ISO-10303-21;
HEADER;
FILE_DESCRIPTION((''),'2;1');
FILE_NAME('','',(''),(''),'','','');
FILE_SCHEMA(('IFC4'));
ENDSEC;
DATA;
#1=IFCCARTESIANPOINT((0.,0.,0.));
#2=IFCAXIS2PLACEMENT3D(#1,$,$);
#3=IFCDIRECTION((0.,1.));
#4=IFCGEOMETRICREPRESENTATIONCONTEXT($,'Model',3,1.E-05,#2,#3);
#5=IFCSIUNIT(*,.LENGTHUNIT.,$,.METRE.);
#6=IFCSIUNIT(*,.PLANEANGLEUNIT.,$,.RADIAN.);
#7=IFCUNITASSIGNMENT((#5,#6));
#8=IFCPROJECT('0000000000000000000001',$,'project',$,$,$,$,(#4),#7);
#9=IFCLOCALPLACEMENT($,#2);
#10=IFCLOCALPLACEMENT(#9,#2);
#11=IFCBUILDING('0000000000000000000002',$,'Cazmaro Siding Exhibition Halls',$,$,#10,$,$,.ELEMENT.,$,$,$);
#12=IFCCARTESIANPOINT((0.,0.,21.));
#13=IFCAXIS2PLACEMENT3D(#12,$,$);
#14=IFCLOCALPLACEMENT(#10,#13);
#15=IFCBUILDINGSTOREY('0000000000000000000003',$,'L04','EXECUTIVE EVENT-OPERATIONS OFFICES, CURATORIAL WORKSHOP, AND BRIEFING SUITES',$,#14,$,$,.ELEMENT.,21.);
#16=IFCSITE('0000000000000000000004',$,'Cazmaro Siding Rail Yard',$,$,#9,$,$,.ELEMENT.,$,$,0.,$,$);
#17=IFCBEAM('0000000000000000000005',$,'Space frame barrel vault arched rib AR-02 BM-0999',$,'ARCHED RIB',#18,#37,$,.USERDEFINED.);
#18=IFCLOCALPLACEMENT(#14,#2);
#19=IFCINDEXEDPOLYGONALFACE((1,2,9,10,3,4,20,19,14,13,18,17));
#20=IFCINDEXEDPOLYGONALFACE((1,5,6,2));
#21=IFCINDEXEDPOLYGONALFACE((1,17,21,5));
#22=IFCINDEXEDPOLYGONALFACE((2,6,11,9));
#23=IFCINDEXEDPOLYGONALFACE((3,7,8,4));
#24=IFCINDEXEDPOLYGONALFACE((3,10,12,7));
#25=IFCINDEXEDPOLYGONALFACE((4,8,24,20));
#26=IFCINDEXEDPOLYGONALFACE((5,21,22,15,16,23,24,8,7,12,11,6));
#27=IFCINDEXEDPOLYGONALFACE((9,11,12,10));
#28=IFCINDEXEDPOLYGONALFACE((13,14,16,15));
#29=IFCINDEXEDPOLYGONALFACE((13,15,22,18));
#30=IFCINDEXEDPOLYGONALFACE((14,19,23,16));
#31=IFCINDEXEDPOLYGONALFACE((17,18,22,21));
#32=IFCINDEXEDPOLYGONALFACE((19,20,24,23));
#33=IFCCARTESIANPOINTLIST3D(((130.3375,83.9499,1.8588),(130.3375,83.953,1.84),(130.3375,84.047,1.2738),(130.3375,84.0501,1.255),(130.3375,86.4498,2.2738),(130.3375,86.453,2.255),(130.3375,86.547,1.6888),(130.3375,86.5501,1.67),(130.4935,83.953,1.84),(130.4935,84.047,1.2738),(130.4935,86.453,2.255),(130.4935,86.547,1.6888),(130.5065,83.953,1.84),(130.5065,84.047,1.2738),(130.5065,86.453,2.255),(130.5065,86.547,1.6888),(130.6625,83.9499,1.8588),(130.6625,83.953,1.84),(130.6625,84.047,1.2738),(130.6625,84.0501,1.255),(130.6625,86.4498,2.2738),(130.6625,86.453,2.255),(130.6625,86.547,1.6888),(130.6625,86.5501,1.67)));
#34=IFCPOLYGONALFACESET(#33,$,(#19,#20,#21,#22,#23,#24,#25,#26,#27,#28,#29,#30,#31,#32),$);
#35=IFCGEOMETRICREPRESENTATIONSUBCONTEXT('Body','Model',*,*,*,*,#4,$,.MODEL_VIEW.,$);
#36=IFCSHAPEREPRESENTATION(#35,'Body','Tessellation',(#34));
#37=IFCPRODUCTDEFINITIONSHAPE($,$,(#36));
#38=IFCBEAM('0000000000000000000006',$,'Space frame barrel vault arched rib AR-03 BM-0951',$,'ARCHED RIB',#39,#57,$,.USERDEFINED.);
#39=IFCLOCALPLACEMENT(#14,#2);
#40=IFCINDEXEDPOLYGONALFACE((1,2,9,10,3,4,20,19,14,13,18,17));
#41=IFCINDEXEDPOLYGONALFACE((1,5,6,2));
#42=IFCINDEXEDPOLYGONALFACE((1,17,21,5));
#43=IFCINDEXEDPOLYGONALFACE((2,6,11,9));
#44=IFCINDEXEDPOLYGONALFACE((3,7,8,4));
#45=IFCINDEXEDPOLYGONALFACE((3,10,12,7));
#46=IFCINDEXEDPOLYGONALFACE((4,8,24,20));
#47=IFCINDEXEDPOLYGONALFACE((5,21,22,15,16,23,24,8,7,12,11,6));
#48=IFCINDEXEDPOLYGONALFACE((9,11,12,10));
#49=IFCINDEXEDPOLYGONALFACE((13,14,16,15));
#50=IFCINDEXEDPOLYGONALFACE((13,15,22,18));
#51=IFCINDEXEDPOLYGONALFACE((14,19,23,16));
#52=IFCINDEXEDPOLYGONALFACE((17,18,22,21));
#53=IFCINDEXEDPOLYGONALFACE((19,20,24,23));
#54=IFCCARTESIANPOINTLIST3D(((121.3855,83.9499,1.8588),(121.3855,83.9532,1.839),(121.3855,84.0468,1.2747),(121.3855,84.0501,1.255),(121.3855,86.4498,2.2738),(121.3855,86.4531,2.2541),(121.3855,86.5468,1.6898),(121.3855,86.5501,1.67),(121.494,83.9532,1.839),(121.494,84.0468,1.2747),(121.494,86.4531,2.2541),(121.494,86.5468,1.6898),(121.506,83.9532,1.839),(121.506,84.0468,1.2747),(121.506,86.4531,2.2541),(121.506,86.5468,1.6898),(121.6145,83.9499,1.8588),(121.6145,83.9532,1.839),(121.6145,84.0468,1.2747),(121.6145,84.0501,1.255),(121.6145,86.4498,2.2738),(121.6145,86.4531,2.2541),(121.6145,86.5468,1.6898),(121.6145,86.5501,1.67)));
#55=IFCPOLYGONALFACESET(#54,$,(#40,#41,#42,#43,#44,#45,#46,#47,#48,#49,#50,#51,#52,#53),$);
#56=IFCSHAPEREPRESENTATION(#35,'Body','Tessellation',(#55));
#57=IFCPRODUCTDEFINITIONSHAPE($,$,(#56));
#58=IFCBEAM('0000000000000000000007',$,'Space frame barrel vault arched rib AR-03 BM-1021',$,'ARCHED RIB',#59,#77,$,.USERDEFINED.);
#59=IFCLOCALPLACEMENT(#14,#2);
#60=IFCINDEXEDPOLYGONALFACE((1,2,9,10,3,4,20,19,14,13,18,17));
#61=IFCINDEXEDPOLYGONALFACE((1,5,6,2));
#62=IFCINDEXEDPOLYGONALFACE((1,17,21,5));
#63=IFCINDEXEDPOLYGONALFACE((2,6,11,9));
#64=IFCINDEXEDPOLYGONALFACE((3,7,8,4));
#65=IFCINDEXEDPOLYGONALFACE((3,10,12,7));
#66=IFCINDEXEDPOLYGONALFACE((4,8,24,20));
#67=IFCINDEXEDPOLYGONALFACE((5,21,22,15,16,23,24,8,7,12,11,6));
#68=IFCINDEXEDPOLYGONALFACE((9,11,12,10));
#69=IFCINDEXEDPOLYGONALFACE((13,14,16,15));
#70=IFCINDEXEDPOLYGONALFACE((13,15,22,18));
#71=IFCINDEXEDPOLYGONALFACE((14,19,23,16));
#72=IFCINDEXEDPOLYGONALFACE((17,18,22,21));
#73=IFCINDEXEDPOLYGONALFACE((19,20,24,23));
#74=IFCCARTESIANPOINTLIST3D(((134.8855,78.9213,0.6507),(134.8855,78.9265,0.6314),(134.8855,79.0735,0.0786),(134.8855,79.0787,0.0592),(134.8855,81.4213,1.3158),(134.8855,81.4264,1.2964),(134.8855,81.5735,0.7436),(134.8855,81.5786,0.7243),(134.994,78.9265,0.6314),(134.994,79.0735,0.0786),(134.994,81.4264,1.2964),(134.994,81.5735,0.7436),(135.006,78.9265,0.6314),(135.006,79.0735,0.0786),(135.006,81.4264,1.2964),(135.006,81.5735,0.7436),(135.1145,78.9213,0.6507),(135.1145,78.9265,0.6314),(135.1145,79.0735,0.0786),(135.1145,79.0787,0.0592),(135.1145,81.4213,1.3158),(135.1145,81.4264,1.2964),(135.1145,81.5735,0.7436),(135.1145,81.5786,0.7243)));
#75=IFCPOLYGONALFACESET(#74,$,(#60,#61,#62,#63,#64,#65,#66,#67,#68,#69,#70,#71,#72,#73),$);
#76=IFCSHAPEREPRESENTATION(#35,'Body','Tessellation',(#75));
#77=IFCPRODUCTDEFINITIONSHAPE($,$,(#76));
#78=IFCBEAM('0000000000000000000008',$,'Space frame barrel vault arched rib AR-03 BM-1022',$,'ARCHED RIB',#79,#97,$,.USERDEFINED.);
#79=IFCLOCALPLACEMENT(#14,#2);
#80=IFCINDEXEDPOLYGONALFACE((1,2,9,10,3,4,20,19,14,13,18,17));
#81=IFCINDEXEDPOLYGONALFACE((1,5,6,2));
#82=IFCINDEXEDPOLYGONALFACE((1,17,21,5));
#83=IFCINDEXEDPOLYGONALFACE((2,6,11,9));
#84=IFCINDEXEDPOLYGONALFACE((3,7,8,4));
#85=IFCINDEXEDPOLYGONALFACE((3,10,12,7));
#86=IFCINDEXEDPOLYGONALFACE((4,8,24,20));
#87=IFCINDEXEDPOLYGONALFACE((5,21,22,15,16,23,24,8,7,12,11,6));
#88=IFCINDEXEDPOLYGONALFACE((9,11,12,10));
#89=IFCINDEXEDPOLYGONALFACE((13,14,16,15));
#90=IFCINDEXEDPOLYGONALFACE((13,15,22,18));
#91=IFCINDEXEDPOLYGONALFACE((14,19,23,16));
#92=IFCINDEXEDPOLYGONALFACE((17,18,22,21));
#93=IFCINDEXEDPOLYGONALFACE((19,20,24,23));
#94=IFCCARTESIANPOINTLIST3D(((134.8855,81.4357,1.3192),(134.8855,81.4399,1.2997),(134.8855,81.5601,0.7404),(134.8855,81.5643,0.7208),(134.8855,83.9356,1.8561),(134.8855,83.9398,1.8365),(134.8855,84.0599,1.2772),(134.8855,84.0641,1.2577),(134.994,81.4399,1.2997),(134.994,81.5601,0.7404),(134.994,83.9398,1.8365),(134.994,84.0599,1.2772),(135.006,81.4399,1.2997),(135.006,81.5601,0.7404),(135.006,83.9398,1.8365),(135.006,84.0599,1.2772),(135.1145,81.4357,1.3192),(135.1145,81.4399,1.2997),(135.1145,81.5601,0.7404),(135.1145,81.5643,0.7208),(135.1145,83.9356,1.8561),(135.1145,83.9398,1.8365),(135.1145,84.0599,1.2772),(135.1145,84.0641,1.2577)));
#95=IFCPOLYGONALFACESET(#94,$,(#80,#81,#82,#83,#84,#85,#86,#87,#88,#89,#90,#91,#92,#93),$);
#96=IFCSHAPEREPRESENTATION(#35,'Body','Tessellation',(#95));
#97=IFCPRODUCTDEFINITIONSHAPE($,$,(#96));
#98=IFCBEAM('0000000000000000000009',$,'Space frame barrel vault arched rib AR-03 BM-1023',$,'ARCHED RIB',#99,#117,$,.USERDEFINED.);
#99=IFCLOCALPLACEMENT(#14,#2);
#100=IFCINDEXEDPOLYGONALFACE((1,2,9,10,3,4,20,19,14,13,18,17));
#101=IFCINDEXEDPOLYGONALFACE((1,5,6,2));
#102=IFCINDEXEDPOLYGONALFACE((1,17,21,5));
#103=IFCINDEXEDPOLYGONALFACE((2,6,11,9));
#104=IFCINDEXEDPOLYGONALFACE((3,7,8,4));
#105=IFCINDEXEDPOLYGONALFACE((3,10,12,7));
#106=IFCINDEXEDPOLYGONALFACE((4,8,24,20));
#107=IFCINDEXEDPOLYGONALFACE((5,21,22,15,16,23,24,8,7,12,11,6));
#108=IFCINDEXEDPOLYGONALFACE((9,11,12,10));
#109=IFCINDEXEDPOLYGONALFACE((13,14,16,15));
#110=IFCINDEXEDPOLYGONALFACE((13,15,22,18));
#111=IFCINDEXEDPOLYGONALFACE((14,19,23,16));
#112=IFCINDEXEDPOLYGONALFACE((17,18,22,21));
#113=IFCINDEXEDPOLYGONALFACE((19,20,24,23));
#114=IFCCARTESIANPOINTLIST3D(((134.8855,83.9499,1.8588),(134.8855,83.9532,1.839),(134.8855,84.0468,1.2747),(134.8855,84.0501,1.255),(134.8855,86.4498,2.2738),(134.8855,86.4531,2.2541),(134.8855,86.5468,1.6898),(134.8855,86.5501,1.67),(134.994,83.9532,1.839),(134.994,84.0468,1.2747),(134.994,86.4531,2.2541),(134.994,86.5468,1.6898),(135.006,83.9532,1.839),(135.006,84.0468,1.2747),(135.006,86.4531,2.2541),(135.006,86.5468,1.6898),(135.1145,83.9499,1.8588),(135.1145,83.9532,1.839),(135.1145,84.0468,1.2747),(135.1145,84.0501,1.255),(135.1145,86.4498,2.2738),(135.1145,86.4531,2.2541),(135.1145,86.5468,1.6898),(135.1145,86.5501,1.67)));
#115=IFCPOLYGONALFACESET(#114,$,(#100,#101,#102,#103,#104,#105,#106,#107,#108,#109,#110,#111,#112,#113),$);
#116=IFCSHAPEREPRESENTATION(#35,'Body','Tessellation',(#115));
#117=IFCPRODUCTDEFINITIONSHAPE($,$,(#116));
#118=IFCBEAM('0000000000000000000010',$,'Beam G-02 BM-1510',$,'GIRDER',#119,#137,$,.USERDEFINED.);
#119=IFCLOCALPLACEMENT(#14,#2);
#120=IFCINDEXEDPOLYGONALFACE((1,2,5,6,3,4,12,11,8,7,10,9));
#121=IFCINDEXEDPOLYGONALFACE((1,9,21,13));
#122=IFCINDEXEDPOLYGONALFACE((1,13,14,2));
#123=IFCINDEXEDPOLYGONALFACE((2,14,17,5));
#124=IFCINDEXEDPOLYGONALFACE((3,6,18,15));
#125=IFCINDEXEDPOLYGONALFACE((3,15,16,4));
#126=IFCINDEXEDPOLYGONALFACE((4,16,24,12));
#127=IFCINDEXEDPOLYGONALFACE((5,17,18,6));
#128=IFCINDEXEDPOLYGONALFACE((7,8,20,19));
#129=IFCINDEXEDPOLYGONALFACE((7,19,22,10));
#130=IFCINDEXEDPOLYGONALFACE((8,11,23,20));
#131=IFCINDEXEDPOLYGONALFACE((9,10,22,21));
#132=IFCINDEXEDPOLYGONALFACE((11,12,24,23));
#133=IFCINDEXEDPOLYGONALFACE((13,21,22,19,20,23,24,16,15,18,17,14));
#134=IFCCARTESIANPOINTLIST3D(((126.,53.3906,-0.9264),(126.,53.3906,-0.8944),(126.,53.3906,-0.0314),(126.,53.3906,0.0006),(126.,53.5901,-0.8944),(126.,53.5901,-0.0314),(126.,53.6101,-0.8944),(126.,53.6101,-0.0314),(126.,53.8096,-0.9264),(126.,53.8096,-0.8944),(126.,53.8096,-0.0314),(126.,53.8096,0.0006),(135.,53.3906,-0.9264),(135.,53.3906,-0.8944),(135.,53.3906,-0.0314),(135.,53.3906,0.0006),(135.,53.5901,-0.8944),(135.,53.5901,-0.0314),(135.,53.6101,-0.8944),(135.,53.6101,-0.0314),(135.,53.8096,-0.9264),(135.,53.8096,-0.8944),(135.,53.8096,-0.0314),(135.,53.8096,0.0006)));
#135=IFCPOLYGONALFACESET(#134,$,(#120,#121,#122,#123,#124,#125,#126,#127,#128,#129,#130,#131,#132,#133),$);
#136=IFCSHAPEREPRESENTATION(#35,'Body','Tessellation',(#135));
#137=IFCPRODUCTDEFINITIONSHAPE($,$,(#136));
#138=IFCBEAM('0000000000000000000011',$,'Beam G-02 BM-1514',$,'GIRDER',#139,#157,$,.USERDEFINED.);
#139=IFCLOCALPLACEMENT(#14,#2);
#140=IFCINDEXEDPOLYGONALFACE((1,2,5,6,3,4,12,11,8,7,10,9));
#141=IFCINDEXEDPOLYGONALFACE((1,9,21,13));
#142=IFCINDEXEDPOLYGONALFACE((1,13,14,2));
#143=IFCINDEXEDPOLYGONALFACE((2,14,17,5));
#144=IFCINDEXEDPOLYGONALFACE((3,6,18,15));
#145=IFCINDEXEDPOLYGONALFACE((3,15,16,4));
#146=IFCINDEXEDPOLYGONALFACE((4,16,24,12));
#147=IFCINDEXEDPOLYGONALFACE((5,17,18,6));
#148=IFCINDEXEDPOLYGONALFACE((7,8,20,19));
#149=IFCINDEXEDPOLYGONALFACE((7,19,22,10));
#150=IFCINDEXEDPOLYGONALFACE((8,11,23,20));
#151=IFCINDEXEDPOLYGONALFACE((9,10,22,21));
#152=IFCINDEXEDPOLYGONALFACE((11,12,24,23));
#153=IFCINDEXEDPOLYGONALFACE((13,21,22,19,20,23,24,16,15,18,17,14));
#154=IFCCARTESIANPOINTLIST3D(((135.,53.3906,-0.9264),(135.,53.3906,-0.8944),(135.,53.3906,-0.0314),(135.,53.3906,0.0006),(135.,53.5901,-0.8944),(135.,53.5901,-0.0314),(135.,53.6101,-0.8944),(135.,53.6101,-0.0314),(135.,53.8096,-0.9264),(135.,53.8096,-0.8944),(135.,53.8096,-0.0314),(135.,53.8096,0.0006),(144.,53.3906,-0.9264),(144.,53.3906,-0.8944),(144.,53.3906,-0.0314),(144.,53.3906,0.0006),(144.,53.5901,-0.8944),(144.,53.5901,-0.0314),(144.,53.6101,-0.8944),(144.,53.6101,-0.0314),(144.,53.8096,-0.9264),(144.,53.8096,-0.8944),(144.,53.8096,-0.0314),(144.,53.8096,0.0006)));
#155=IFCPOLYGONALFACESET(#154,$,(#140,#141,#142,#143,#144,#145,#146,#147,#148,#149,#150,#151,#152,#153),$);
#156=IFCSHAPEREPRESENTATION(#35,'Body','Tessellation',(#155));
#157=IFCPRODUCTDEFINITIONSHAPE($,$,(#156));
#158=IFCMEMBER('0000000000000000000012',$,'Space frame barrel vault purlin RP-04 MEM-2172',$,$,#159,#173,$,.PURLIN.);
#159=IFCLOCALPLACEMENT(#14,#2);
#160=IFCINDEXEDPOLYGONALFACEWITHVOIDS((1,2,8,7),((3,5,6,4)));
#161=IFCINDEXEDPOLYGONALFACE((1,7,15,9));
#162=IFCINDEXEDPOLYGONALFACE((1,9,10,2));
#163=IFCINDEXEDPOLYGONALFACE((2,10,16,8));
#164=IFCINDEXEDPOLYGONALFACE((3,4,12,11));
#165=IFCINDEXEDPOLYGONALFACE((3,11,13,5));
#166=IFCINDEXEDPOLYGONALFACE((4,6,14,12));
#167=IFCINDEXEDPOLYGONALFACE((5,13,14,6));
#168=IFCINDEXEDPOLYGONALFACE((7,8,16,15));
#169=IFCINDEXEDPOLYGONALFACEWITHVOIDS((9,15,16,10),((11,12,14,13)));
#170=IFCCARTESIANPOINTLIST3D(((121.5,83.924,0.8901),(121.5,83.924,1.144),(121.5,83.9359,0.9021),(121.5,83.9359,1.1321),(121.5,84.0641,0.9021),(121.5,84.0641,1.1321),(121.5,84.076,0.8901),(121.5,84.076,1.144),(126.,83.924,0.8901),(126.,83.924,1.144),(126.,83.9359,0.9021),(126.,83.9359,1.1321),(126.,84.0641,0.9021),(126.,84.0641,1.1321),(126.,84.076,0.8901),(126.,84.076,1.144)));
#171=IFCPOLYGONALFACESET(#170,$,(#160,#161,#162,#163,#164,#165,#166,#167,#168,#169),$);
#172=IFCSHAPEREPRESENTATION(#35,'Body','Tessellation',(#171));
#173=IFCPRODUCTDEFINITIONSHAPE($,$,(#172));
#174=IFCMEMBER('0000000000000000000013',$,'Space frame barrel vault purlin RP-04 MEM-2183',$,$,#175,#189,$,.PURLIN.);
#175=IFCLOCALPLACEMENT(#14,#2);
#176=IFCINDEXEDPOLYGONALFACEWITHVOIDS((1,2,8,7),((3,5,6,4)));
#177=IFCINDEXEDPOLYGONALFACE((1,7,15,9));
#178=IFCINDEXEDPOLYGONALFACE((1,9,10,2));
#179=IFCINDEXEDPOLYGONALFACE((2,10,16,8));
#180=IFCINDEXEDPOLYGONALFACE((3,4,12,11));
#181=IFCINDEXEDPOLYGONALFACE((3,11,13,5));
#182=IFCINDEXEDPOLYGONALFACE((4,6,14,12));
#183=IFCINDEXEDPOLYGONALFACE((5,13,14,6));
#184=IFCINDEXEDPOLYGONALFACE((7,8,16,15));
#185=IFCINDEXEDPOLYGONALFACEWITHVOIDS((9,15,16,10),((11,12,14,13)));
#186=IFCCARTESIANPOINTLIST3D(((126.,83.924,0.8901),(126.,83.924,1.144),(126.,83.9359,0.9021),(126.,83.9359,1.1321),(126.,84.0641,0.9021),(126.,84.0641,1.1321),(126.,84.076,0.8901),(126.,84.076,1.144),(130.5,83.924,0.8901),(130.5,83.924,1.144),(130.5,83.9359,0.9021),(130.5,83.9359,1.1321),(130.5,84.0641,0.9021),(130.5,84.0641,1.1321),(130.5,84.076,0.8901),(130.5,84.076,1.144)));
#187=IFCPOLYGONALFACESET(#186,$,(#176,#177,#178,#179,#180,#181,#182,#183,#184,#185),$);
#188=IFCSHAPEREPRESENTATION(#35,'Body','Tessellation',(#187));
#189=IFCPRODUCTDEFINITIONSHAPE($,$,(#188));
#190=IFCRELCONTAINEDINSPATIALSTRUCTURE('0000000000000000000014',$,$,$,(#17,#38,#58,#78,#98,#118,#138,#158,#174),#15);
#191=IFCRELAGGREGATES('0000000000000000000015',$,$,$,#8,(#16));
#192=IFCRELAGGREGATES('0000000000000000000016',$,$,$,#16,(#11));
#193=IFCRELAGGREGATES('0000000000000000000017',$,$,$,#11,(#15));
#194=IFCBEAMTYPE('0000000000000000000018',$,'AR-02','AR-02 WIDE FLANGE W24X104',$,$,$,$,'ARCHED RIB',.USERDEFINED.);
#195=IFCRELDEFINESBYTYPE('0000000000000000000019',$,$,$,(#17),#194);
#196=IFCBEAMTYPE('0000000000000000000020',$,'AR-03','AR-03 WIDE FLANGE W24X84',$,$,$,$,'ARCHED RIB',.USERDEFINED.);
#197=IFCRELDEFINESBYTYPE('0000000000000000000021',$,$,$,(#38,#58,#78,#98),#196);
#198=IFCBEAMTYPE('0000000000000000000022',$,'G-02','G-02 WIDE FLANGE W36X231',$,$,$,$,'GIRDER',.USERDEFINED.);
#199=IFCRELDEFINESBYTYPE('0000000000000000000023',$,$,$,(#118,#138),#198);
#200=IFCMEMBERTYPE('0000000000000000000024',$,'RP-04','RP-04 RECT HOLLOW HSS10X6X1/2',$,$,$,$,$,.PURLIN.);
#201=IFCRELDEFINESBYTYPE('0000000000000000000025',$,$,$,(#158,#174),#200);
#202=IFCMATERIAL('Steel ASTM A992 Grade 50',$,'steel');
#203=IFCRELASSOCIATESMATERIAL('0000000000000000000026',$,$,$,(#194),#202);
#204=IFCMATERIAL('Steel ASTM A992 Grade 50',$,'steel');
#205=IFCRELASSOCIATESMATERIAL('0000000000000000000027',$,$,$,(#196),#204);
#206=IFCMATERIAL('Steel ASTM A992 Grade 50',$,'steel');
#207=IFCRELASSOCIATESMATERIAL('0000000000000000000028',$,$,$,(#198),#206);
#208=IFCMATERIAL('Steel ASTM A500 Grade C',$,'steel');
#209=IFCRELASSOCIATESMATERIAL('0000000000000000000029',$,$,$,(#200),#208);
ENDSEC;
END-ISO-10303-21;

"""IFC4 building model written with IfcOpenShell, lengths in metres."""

from ifc_helpers import new_model, si_unit, direction, frame, origin, origin_2d, place, context, subcontext, project, spatial, hollow_rectangle, i_section, extrude, material, material_profile, profile_set, type_object, element, save


model = new_model("IFC4")

# Units and contexts
model_context = context("Model", 3, precision=1e-05, world=origin(), true_north=direction((0.0, 1.0)))
body_context = subcontext(model_context, "Body", "Model", "MODEL_VIEW")
ifc_project = project(units=[si_unit("LENGTHUNIT", "METRE"), si_unit("PLANEANGLEUNIT", "RADIAN")], contexts=[model_context])

# Site, building, storey
site_placement = place(None, origin())
site = spatial("IfcSite", under=ifc_project, at=site_placement, Name="Cazmaro Siding Rail Yard", CompositionType="ELEMENT", RefElevation=0.0)
building_placement = place(site_placement, origin())
building = spatial("IfcBuilding", under=site, at=building_placement, Name="Cazmaro Siding Exhibition Halls", CompositionType="ELEMENT")
storey_placement = place(building_placement, frame((0.0, 0.0, 21.0)))
storey = spatial("IfcBuildingStorey", under=building, at=storey_placement, Name="L04", Description="EXECUTIVE EVENT-OPERATIONS OFFICES, CURATORIAL WORKSHOP, AND BRIEFING SUITES", CompositionType="ELEMENT", Elevation=21.0)

# Beams
ifc_material_1 = material(Name="Steel ASTM A992 Grade 50", Category="steel")
ifc_material_profile_1 = material_profile(ifc_material_1, i_section(OverallWidth=0.325, OverallDepth=0.6121, WebThickness=0.0129, FlangeThickness=0.019, at=origin_2d()), Name="W24X104")
ifc_profile_set_1 = profile_set([ifc_material_profile_1], Name="Steel ASTM A992 Grade 50")
beam_type_1 = type_object("IfcBeamType", Name="AR-02", Description="AR-02 WIDE FLANGE W24X104", ElementType="ARCHED RIB", PredefinedType="USERDEFINED", material=ifc_profile_set_1)
beam_1_placement = place(storey_placement, frame((130.5, 84.0, 1.5569), z_axis=(0.0, 0.986498, 0.163774), x_axis=(-1.0, 0.0, 0.0)))
element("IfcBeam", 1, at=beam_1_placement, inside=storey, type_object=beam_type_1, Name="Space frame barrel vault arched rib AR-02 BM-0999", ObjectType="ARCHED RIB", PredefinedType="USERDEFINED", context=body_context, shape_type="SweptSolid", body=[
    extrude(i_section(OverallWidth=0.325, OverallDepth=0.6121, WebThickness=0.0129, FlangeThickness=0.019, at=origin_2d()), origin(), (0.0, 0.0, 1.0), 2.5342),
])
ifc_material_2 = material(Name="Steel ASTM A992 Grade 50", Category="steel")
ifc_material_profile_2 = material_profile(ifc_material_2, i_section(OverallWidth=0.229, OverallDepth=0.6121, WebThickness=0.012, FlangeThickness=0.02, at=origin_2d()), Name="W24X84")
ifc_profile_set_2 = profile_set([ifc_material_profile_2], Name="Steel ASTM A992 Grade 50")
beam_type_2 = type_object("IfcBeamType", Name="AR-03", Description="AR-03 WIDE FLANGE W24X84", ElementType="ARCHED RIB", PredefinedType="USERDEFINED", material=ifc_profile_set_2)
beam_2_placement = place(storey_placement, frame((121.5, 84.0, 1.5569), z_axis=(0.0, 0.986498, 0.163774), x_axis=(-1.0, 0.0, 0.0)))
element("IfcBeam", 2, at=beam_2_placement, inside=storey, type_object=beam_type_2, Name="Space frame barrel vault arched rib AR-03 BM-0951", ObjectType="ARCHED RIB", PredefinedType="USERDEFINED", context=body_context, shape_type="SweptSolid", body=[
    extrude(i_section(OverallWidth=0.229, OverallDepth=0.6121, WebThickness=0.012, FlangeThickness=0.02, at=origin_2d()), origin(), (0.0, 0.0, 1.0), 2.5342),
])
beam_3_placement = place(storey_placement, frame((135.0, 79.0, 0.355), z_axis=(0.0, 0.966391, 0.257075), x_axis=(-1.0, 0.0, 0.0)))
element("IfcBeam", 3, at=beam_3_placement, inside=storey, type_object=beam_type_2, Name="Space frame barrel vault arched rib AR-03 BM-1021", ObjectType="ARCHED RIB", PredefinedType="USERDEFINED", context=body_context, shape_type="SweptSolid", body=[
    extrude(i_section(OverallWidth=0.229, OverallDepth=0.6121, WebThickness=0.012, FlangeThickness=0.02, at=origin_2d()), origin(), (0.0, 0.0, 1.0), 2.5869),
])
beam_4_placement = place(storey_placement, frame((135.0, 81.5, 1.02), z_axis=(0.0, 0.97771, 0.209959), x_axis=(-1.0, 0.0, 0.0)))
element("IfcBeam", 4, at=beam_4_placement, inside=storey, type_object=beam_type_2, Name="Space frame barrel vault arched rib AR-03 BM-1022", ObjectType="ARCHED RIB", PredefinedType="USERDEFINED", context=body_context, shape_type="SweptSolid", body=[
    extrude(i_section(OverallWidth=0.229, OverallDepth=0.6121, WebThickness=0.012, FlangeThickness=0.02, at=origin_2d()), origin(), (0.0, 0.0, 1.0), 2.5569),
])
beam_5_placement = place(storey_placement, frame((135.0, 84.0, 1.5569), z_axis=(0.0, 0.986498, 0.163774), x_axis=(-1.0, 0.0, 0.0)))
element("IfcBeam", 5, at=beam_5_placement, inside=storey, type_object=beam_type_2, Name="Space frame barrel vault arched rib AR-03 BM-1023", ObjectType="ARCHED RIB", PredefinedType="USERDEFINED", context=body_context, shape_type="SweptSolid", body=[
    extrude(i_section(OverallWidth=0.229, OverallDepth=0.6121, WebThickness=0.012, FlangeThickness=0.02, at=origin_2d()), origin(), (0.0, 0.0, 1.0), 2.5342),
])
ifc_material_3 = material(Name="Steel ASTM A992 Grade 50", Category="steel")
ifc_material_profile_3 = material_profile(ifc_material_3, i_section(OverallWidth=0.4189, OverallDepth=0.927, WebThickness=0.02, FlangeThickness=0.032, at=origin_2d()), Name="W36X231")
ifc_profile_set_3 = profile_set([ifc_material_profile_3], Name="Steel ASTM A992 Grade 50")
beam_type_3 = type_object("IfcBeamType", Name="G-02", Description="G-02 WIDE FLANGE W36X231", ElementType="GIRDER", PredefinedType="USERDEFINED", material=ifc_profile_set_3)
for number, where, z_axis, x_axis, name in (
    (6, (126.0, 53.6001, -0.4629), (1.0, 0.0, 0.0), (0.0, 1.0, 0.0), "Beam G-02 BM-1510"),
    (7, (135.0, 53.6001, -0.4629), (1.0, 0.0, 0.0), (0.0, 1.0, 0.0), "Beam G-02 BM-1514"),
):
    element("IfcBeam", number, at=place(storey_placement, frame(where, z_axis=z_axis, x_axis=x_axis)), inside=storey, type_object=beam_type_3, Name=name, ObjectType="GIRDER", PredefinedType="USERDEFINED", context=body_context, shape_type="SweptSolid", body=[
        extrude(i_section(OverallWidth=0.4189, OverallDepth=0.927, WebThickness=0.02, FlangeThickness=0.032, at=origin_2d()), origin(), (0.0, 0.0, 1.0), 9.0),
    ])

# Members
ifc_material_4 = material(Name="Steel ASTM A500 Grade C", Category="steel")
ifc_material_profile_4 = material_profile(ifc_material_4, hollow_rectangle(XDim=0.1521, YDim=0.2539, WallThickness=0.012, at=origin_2d()), Name="HSS10X6X1/2")
ifc_profile_set_4 = profile_set([ifc_material_profile_4], Name="Steel ASTM A500 Grade C")
member_type_1 = type_object("IfcMemberType", Name="RP-04", Description="RP-04 RECT HOLLOW HSS10X6X1/2", PredefinedType="PURLIN", material=ifc_profile_set_4)
for number, where, z_axis, x_axis, name in (
    (8, (121.5, 84.0, 1.0171), (1.0, 0.0, 0.0), (0.0, 1.0, 0.0), "Space frame barrel vault purlin RP-04 MEM-2172"),
    (9, (126.0, 84.0, 1.0171), (1.0, 0.0, 0.0), (0.0, 1.0, 0.0), "Space frame barrel vault purlin RP-04 MEM-2183"),
):
    element("IfcMember", number, at=place(storey_placement, frame(where, z_axis=z_axis, x_axis=x_axis)), inside=storey, type_object=member_type_1, Name=name, PredefinedType="PURLIN", context=body_context, shape_type="SweptSolid", body=[
        extrude(hollow_rectangle(XDim=0.1521, YDim=0.2539, WallThickness=0.012, at=origin_2d()), origin(), (0.0, 0.0, 1.0), 4.5),
    ])

save(model, "model.ifc")
